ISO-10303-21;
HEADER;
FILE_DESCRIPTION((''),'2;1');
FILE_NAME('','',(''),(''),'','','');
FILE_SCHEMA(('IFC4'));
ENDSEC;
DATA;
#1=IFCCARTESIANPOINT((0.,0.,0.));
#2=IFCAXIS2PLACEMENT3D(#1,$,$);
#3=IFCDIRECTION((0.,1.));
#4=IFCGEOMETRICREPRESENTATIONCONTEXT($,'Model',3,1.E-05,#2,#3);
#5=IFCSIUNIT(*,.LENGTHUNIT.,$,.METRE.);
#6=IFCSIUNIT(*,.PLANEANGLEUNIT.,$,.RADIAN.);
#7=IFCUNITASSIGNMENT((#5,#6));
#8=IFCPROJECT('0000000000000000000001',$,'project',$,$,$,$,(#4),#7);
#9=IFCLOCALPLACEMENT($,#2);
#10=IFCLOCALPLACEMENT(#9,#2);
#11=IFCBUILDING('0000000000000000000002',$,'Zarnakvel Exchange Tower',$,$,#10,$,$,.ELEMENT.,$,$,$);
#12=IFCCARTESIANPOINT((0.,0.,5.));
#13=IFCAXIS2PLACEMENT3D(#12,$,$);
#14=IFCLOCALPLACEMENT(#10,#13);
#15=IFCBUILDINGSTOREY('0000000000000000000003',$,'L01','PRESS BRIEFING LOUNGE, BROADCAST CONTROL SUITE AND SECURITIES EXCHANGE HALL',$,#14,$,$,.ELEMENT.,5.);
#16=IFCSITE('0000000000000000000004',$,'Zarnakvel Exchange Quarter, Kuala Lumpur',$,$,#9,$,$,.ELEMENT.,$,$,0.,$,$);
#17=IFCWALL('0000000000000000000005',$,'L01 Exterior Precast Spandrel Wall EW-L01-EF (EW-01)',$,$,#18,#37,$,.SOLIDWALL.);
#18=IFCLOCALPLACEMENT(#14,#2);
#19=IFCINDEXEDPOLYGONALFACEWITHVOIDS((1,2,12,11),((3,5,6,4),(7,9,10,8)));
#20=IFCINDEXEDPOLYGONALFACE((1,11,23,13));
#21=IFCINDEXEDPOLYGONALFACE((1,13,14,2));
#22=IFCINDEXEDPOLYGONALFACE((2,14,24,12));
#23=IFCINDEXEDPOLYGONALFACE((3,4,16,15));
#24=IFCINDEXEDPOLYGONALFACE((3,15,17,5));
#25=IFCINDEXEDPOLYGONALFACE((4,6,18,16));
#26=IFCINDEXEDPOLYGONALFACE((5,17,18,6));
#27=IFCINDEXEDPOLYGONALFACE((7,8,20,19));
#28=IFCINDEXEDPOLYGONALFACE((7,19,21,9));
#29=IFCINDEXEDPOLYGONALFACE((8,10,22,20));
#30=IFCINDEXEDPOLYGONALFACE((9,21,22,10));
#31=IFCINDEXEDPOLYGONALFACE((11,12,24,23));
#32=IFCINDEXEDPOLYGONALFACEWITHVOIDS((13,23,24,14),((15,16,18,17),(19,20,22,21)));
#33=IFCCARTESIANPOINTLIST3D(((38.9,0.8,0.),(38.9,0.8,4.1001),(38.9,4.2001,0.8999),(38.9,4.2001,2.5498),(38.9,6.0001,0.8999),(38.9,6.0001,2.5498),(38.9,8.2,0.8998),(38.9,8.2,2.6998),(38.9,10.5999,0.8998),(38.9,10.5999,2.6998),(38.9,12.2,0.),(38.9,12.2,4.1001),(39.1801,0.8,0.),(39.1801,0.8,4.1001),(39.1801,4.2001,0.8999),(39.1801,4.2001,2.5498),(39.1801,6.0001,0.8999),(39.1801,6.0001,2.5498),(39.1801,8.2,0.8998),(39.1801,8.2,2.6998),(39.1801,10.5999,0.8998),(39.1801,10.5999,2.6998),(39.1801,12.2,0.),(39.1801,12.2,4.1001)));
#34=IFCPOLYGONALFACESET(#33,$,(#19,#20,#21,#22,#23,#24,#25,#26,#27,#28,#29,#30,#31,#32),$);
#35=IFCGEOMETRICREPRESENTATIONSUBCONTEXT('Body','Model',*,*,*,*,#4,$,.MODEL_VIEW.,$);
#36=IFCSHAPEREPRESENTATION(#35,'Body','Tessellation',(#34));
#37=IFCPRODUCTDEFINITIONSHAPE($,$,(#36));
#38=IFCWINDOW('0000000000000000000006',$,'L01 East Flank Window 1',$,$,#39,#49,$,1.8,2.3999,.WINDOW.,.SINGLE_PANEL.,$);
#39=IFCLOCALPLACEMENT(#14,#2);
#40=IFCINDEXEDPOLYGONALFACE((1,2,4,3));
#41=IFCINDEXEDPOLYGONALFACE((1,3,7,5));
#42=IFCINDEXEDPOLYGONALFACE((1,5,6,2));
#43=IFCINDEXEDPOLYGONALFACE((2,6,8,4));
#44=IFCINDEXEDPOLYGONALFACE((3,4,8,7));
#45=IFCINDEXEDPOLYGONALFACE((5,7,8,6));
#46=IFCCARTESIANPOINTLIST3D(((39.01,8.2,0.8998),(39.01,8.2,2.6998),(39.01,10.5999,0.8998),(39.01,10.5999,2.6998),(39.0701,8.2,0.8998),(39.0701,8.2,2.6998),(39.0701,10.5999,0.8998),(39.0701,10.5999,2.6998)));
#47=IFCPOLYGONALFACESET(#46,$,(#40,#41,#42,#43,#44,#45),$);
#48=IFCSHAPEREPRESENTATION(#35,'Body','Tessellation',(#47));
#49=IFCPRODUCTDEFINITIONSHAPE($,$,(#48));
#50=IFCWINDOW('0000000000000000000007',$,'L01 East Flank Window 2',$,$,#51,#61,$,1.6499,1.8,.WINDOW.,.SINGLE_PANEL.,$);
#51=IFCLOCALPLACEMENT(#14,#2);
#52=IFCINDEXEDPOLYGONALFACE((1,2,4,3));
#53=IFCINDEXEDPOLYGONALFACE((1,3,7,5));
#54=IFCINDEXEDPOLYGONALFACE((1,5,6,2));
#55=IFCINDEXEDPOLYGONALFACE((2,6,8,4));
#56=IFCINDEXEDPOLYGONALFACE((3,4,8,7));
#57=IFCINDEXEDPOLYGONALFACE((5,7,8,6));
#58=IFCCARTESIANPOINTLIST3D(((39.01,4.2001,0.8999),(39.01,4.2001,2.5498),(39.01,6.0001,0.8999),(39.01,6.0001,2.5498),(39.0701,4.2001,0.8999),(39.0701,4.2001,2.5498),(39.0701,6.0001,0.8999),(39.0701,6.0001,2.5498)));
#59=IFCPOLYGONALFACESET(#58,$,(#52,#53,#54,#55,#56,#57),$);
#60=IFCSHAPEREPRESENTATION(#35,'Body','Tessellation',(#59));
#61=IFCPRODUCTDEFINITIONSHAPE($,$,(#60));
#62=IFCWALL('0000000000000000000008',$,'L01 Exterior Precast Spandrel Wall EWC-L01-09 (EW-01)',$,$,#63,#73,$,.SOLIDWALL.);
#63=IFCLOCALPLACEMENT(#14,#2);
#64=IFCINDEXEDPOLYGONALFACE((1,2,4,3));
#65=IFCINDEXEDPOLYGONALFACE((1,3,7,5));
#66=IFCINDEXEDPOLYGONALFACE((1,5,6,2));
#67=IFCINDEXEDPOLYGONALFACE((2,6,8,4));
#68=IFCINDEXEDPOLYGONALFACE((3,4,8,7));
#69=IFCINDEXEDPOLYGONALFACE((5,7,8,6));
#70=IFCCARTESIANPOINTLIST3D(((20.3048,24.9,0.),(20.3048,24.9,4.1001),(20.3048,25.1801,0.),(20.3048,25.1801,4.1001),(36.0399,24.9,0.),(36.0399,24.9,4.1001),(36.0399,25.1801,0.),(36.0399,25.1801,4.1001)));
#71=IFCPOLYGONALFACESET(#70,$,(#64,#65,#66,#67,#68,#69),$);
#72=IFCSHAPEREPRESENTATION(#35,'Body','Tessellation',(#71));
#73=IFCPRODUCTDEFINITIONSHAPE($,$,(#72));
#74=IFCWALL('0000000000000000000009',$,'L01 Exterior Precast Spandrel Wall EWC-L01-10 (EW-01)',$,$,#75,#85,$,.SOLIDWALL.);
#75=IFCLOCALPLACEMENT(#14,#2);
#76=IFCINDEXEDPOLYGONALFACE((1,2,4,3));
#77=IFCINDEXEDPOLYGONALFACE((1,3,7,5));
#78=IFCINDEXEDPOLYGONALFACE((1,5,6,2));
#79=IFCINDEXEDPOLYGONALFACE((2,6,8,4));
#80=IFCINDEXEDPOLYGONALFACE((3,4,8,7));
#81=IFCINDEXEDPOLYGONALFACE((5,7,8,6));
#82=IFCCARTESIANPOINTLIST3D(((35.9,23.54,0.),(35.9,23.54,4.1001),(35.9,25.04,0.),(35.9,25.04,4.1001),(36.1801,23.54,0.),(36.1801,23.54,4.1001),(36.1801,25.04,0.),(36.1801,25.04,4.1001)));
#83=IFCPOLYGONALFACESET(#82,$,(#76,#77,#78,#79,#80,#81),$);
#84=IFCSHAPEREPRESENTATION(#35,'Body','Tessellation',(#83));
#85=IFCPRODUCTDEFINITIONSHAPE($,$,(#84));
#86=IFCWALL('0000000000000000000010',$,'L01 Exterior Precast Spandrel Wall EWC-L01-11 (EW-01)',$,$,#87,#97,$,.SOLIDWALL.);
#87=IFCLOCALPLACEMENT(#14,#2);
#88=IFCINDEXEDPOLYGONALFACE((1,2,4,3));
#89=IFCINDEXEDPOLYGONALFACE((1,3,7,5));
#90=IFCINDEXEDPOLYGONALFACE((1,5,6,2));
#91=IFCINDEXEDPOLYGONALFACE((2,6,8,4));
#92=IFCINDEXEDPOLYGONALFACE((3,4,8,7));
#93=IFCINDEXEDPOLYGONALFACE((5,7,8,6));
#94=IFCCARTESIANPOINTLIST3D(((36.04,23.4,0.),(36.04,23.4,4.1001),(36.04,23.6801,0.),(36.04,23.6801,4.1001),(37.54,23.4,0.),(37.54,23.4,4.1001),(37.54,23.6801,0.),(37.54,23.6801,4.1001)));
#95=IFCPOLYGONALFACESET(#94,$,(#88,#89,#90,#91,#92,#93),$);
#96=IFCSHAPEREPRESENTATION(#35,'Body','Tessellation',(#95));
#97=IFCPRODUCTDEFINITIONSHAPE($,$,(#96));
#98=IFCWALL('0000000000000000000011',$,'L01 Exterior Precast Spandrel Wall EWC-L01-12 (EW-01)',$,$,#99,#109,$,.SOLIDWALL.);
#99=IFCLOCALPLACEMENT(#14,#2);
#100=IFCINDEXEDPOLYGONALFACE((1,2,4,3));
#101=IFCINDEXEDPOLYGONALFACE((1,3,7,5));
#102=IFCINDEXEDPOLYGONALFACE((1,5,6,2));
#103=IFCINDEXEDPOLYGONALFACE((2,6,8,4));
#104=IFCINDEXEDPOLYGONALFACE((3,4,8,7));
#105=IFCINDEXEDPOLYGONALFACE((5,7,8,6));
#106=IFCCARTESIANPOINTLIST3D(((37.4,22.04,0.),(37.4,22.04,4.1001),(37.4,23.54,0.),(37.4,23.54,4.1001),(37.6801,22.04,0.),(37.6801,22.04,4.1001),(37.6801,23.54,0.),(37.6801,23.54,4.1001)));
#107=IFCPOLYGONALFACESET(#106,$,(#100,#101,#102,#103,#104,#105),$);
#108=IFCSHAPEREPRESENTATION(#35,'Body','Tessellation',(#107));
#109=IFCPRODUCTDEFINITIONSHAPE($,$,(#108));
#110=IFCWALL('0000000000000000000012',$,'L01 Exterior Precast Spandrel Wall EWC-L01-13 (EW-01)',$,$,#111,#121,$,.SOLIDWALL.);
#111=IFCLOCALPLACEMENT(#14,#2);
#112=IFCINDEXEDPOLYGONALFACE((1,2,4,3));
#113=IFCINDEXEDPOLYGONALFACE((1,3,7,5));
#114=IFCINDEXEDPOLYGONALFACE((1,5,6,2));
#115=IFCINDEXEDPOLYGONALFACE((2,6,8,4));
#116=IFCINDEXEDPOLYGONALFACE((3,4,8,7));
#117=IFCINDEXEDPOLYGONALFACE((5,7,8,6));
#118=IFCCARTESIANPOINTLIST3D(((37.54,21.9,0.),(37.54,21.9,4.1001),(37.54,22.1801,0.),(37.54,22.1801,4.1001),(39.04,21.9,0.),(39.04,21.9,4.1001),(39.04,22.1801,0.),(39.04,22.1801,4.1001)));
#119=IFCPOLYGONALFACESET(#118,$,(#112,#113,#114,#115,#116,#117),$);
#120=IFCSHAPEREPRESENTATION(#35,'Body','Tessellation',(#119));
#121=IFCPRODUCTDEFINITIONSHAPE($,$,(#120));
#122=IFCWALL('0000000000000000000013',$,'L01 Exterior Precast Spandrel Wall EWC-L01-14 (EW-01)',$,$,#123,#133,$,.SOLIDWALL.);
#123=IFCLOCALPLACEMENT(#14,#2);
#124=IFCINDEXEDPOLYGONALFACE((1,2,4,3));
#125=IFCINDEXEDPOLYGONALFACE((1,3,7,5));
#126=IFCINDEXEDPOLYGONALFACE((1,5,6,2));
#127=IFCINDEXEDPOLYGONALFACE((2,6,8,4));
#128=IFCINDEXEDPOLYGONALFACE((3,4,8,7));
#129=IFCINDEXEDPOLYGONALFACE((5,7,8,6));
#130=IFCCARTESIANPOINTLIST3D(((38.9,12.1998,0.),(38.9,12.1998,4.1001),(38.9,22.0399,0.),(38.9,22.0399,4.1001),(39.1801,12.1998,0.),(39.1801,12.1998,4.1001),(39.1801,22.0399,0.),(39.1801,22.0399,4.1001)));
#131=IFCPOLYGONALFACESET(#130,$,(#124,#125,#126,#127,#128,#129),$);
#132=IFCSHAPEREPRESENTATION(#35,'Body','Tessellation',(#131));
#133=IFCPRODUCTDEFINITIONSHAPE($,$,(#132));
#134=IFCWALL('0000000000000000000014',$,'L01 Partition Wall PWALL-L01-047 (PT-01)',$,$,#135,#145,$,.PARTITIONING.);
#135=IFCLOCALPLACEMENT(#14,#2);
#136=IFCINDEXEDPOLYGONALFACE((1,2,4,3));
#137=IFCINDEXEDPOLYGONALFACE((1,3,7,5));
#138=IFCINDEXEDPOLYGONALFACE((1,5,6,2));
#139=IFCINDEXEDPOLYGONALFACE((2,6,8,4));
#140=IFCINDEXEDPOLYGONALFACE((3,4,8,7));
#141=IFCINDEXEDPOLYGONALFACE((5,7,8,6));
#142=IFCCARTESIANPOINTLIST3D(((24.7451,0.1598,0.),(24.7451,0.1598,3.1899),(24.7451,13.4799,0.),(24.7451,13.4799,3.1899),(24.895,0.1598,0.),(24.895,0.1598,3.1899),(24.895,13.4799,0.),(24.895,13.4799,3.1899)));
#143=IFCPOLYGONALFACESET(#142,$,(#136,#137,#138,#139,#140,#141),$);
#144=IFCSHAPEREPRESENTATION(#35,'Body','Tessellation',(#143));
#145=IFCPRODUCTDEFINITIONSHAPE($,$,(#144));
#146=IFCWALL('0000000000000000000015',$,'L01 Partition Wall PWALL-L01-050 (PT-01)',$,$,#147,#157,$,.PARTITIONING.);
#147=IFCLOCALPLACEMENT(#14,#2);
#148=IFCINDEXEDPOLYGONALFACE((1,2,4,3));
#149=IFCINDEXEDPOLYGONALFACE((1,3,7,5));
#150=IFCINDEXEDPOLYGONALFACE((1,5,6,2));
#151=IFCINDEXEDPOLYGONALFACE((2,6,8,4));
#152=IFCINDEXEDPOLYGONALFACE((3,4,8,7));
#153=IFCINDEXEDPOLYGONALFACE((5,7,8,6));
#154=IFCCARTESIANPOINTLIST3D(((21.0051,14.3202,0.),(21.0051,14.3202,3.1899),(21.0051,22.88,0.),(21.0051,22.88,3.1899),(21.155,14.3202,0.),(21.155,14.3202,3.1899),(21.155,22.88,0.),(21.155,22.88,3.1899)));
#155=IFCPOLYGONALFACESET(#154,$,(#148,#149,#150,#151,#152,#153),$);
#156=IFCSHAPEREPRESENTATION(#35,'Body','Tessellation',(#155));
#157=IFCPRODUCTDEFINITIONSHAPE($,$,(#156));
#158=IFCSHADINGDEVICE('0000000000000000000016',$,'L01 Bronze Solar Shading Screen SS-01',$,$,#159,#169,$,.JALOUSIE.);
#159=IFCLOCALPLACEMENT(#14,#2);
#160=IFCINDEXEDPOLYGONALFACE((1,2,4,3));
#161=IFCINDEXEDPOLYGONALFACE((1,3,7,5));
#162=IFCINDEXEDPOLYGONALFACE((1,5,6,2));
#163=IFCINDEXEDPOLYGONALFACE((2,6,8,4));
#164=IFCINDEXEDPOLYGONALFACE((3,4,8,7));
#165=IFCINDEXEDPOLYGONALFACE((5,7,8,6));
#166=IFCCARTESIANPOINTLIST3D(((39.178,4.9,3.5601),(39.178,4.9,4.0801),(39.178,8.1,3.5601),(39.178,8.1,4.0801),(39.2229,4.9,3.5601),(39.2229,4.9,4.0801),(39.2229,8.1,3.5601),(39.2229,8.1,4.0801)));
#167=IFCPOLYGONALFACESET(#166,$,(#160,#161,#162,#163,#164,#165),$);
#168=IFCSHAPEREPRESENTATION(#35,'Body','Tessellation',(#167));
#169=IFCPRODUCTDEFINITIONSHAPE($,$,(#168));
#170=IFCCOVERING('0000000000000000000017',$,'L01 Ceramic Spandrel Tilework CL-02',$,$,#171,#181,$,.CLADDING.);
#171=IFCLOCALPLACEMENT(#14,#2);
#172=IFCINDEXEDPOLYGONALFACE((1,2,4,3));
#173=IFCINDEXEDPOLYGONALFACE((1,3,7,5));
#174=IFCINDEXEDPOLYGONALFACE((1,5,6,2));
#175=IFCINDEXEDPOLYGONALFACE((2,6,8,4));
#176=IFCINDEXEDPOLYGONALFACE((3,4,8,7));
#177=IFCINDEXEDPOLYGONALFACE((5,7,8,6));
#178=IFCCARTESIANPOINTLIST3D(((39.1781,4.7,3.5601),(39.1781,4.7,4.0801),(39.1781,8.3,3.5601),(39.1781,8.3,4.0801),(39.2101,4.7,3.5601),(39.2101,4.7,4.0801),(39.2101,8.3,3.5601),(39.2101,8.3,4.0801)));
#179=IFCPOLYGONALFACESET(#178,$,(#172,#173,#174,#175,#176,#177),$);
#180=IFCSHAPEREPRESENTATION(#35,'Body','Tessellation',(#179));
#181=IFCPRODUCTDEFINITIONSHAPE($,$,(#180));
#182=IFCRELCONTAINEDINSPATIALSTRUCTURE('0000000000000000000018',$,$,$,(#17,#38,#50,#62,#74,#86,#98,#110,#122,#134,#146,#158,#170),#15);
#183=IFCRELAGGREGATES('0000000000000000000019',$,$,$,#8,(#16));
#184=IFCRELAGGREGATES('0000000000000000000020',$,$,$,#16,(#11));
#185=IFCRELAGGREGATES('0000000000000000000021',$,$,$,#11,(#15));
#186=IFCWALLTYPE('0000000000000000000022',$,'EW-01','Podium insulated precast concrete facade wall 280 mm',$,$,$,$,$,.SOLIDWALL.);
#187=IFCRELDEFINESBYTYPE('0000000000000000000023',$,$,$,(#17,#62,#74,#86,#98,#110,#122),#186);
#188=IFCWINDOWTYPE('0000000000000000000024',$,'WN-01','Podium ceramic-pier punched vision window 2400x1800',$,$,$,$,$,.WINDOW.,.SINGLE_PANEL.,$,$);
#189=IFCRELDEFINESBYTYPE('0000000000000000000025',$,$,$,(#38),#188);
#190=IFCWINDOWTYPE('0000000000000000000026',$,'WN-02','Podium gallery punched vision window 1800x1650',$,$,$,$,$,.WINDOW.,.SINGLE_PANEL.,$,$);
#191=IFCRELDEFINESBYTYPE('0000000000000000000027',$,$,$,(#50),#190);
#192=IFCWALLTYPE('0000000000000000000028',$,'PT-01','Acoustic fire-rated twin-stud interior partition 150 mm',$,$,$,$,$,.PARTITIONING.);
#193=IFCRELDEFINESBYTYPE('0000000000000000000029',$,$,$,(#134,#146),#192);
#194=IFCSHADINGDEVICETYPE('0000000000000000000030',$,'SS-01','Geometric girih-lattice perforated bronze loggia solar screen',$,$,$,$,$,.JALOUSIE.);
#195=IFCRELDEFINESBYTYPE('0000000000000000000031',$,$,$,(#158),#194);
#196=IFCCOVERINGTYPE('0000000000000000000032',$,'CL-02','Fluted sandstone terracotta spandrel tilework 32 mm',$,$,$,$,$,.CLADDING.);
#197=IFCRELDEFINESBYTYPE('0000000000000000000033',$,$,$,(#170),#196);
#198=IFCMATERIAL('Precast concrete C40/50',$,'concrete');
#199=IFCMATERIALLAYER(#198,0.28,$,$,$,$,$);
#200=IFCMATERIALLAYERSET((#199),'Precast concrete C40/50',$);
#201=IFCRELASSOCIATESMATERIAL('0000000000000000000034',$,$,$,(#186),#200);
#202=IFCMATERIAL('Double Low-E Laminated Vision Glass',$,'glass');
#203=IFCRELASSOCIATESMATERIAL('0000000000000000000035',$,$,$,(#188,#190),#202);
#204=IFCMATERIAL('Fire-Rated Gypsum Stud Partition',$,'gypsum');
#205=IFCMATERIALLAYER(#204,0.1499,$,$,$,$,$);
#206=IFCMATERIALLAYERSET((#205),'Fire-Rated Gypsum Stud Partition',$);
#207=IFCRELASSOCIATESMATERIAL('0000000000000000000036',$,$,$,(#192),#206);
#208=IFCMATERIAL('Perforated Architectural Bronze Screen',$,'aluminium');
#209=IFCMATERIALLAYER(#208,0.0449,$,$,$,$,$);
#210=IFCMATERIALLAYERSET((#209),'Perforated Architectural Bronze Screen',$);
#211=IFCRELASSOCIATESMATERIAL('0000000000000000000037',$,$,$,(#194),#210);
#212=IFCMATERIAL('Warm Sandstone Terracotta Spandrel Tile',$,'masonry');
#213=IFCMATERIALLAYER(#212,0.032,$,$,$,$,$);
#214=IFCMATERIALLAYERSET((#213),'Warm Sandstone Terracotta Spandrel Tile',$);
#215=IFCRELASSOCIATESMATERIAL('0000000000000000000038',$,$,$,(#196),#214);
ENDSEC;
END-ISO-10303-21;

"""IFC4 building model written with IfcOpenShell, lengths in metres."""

from ifc_helpers import new_model, si_unit, direction, frame, frame_2d, origin, origin_2d, place, context, subcontext, project, spatial, rectangle, extrude, source, transform, mapped, material, layer, layer_set, type_object, element, fill, save


model = new_model("IFC4")

# Units and contexts
model_context = context("Model", 3, precision=1e-05, world=origin(), true_north=direction((0.0, 1.0)))
body_context = subcontext(model_context, "Body", "Model", "MODEL_VIEW")
ifc_project = project(units=[si_unit("LENGTHUNIT", "METRE"), si_unit("PLANEANGLEUNIT", "RADIAN")], contexts=[model_context])

# Site, building, storey
site_placement = place(None, origin())
site = spatial("IfcSite", under=ifc_project, at=site_placement, Name="Zarnakvel Exchange Quarter, Kuala Lumpur", CompositionType="ELEMENT", RefElevation=0.0)
building_placement = place(site_placement, origin())
building = spatial("IfcBuilding", under=site, at=building_placement, Name="Zarnakvel Exchange Tower", CompositionType="ELEMENT")
storey_placement = place(building_placement, frame((0.0, 0.0, 5.0)))
storey = spatial("IfcBuildingStorey", under=building, at=storey_placement, Name="L01", Description="PRESS BRIEFING LOUNGE, BROADCAST CONTROL SUITE AND SECURITIES EXCHANGE HALL", CompositionType="ELEMENT", Elevation=5.0)

# Wall, openings, windows
ifc_material_1 = material(Name="Precast concrete C40/50", Category="concrete")
ifc_layer_1 = layer(ifc_material_1, 0.28)
ifc_layer_set_1 = layer_set([ifc_layer_1], Name="Precast concrete C40/50")
wall_type_1 = type_object("IfcWallType", Name="EW-01", Description="Podium insulated precast concrete facade wall 280 mm", PredefinedType="SOLIDWALL", material=ifc_layer_set_1)
wall_1_placement = place(storey_placement, frame((39.04, 12.2, 0.0), z_axis=(0.0, 0.0, 1.0), x_axis=(0.0, -1.0, 0.0)))
wall_1 = element("IfcWall", 1, at=wall_1_placement, inside=storey, type_object=wall_type_1, Name="L01 Exterior Precast Spandrel Wall EW-L01-EF (EW-01)", PredefinedType="SOLIDWALL", context=body_context, shape_type="SweptSolid", body=[
    extrude(rectangle(XDim=11.3999, YDim=0.28, at=frame_2d((5.7, 0.0))), origin(), (0.0, 0.0, 1.0), 4.1001),
])
opening_1_placement = place(wall_1_placement, frame((1.6001, 0.0, 0.8999)))
opening_1 = element("IfcOpeningElement", 2, at=opening_1_placement, cuts=wall_1, PredefinedType="OPENING", context=body_context, shape_type="SweptSolid", body=[
    extrude(rectangle(XDim=2.3999, YDim=1.8, at=frame_2d((1.2, 0.8999))), frame((0.0, 0.1499, 0.0), z_axis=(0.0, -1.0, 0.0), x_axis=(1.0, 0.0, 0.0)), (0.0, 0.0, 1.0), 0.3),
])
opening_2_placement = place(wall_1_placement, frame((6.2, 0.0, 0.8999)))
opening_2 = element("IfcOpeningElement", 3, at=opening_2_placement, cuts=wall_1, PredefinedType="OPENING", context=body_context, shape_type="SweptSolid", body=[
    extrude(rectangle(XDim=1.8, YDim=1.6499, at=frame_2d((0.8999, 0.825))), frame((0.0, 0.1499, 0.0), z_axis=(0.0, -1.0, 0.0), x_axis=(1.0, 0.0, 0.0)), (0.0, 0.0, 1.0), 0.3),
])
ifc_material_2 = material(Name="Double Low-E Laminated Vision Glass", Category="glass")
window_type_1 = type_object("IfcWindowType", Name="WN-01", Description="Podium ceramic-pier punched vision window 2400x1800", PartitioningType="SINGLE_PANEL", PredefinedType="WINDOW", material=ifc_material_2)
shared_shape_1 = source(origin(), body_context, "Body", "SweptSolid", [
    extrude(rectangle(XDim=2.3999, YDim=1.8, at=frame_2d((1.2, 0.8999))), frame((0.0, 0.03, 0.0), z_axis=(0.0, -1.0, 0.0), x_axis=(1.0, 0.0, 0.0)), (0.0, 0.0, 1.0), 0.0601),
])
window_1_placement = place(opening_1_placement, origin())
window_1 = element("IfcWindow", 4, at=window_1_placement, inside=storey, type_object=window_type_1, Name="L01 East Flank Window 1", OverallHeight=1.8, OverallWidth=2.3999, PartitioningType="SINGLE_PANEL", PredefinedType="WINDOW", context=body_context, shape_type="MappedRepresentation", body=[
    mapped(shared_shape_1, transform((0.0, 0.0, 0.0), x_axis=(1.0, 0.0, 0.0), y_axis=(0.0, 1.0, 0.0), z_axis=(0.0, 0.0, 1.0), scale=1.0)),
])
fill(opening_1, window_1)
window_type_2 = type_object("IfcWindowType", Name="WN-02", Description="Podium gallery punched vision window 1800x1650", PartitioningType="SINGLE_PANEL", PredefinedType="WINDOW", material=ifc_material_2)
shared_shape_2 = source(origin(), body_context, "Body", "SweptSolid", [
    extrude(rectangle(XDim=1.8, YDim=1.6499, at=frame_2d((0.8999, 0.825))), frame((0.0, 0.03, 0.0), z_axis=(0.0, -1.0, 0.0), x_axis=(1.0, 0.0, 0.0)), (0.0, 0.0, 1.0), 0.0601),
])
window_2_placement = place(opening_2_placement, origin())
window_2 = element("IfcWindow", 5, at=window_2_placement, inside=storey, type_object=window_type_2, Name="L01 East Flank Window 2", OverallHeight=1.6499, OverallWidth=1.8, PartitioningType="SINGLE_PANEL", PredefinedType="WINDOW", context=body_context, shape_type="MappedRepresentation", body=[
    mapped(shared_shape_2, transform((0.0, 0.0, 0.0), x_axis=(1.0, 0.0, 0.0), y_axis=(0.0, 1.0, 0.0), z_axis=(0.0, 0.0, 1.0), scale=1.0)),
])
fill(opening_2, window_2)

# Walls
wall_2_placement = place(storey_placement, frame((36.04, 25.04, 0.0), z_axis=(0.0, 0.0, 1.0), x_axis=(-1.0, 0.0, 0.0)))
element("IfcWall", 6, at=wall_2_placement, inside=storey, type_object=wall_type_1, Name="L01 Exterior Precast Spandrel Wall EWC-L01-09 (EW-01)", PredefinedType="SOLIDWALL", context=body_context, shape_type="SweptSolid", body=[
    extrude(rectangle(XDim=15.7351, YDim=0.28, at=frame_2d((7.8677, 0.0))), origin(), (0.0, 0.0, 1.0), 4.1001),
])
for number, where, z_axis, x_axis, name in (
    (7, (36.04, 23.54, 0.0), (0.0, 0.0, 1.0), (0.0, 1.0, 0.0), "L01 Exterior Precast Spandrel Wall EWC-L01-10 (EW-01)"),
    (8, (37.54, 23.54, 0.0), (0.0, 0.0, 1.0), (-1.0, 0.0, 0.0), "L01 Exterior Precast Spandrel Wall EWC-L01-11 (EW-01)"),
    (9, (37.54, 22.04, 0.0), (0.0, 0.0, 1.0), (0.0, 1.0, 0.0), "L01 Exterior Precast Spandrel Wall EWC-L01-12 (EW-01)"),
    (10, (39.04, 22.04, 0.0), (0.0, 0.0, 1.0), (-1.0, 0.0, 0.0), "L01 Exterior Precast Spandrel Wall EWC-L01-13 (EW-01)"),
):
    element("IfcWall", number, at=place(storey_placement, frame(where, z_axis=z_axis, x_axis=x_axis)), inside=storey, type_object=wall_type_1, Name=name, PredefinedType="SOLIDWALL", context=body_context, shape_type="SweptSolid", body=[
        extrude(rectangle(XDim=1.5, YDim=0.28, at=frame_2d((0.75, 0.0))), origin(), (0.0, 0.0, 1.0), 4.1001),
    ])
wall_3_placement = place(storey_placement, frame((39.04, 12.2, 0.0), z_axis=(0.0, 0.0, 1.0), x_axis=(0.0, 1.0, 0.0)))
element("IfcWall", 11, at=wall_3_placement, inside=storey, type_object=wall_type_1, Name="L01 Exterior Precast Spandrel Wall EWC-L01-14 (EW-01)", PredefinedType="SOLIDWALL", context=body_context, shape_type="SweptSolid", body=[
    extrude(rectangle(XDim=9.8401, YDim=0.28, at=frame_2d((4.9199, 0.0))), origin(), (0.0, 0.0, 1.0), 4.1001),
])
ifc_material_3 = material(Name="Fire-Rated Gypsum Stud Partition", Category="gypsum")
ifc_layer_2 = layer(ifc_material_3, 0.1499)
ifc_layer_set_2 = layer_set([ifc_layer_2], Name="Fire-Rated Gypsum Stud Partition")
wall_type_2 = type_object("IfcWallType", Name="PT-01", Description="Acoustic fire-rated twin-stud interior partition 150 mm", PredefinedType="PARTITIONING", material=ifc_layer_set_2)
wall_4_placement = place(storey_placement, frame((24.8201, 13.48, 0.0), z_axis=(0.0, 0.0, 1.0), x_axis=(0.0, -1.0, 0.0)))
element("IfcWall", 12, at=wall_4_placement, inside=storey, type_object=wall_type_2, Name="L01 Partition Wall PWALL-L01-047 (PT-01)", PredefinedType="PARTITIONING", context=body_context, shape_type="SweptSolid", body=[
    extrude(rectangle(XDim=13.3201, YDim=0.1499, at=frame_2d((6.6602, 0.0))), origin(), (0.0, 0.0, 1.0), 3.1899),
])
wall_5_placement = place(storey_placement, frame((21.0801, 22.8799, 0.0), z_axis=(0.0, 0.0, 1.0), x_axis=(0.0, -1.0, 0.0)))
element("IfcWall", 13, at=wall_5_placement, inside=storey, type_object=wall_type_2, Name="L01 Partition Wall PWALL-L01-050 (PT-01)", PredefinedType="PARTITIONING", context=body_context, shape_type="SweptSolid", body=[
    extrude(rectangle(XDim=8.5598, YDim=0.1499, at=frame_2d((4.2798, 0.0))), origin(), (0.0, 0.0, 1.0), 3.1899),
])

# Shading device
ifc_material_4 = material(Name="Perforated Architectural Bronze Screen", Category="aluminium")
ifc_layer_3 = layer(ifc_material_4, 0.0449)
ifc_layer_set_3 = layer_set([ifc_layer_3], Name="Perforated Architectural Bronze Screen")
shading_device_type = type_object("IfcShadingDeviceType", Name="SS-01", Description="Geometric girih-lattice perforated bronze loggia solar screen", PredefinedType="JALOUSIE", material=ifc_layer_set_3)
shared_shape_3 = source(origin(), body_context, "Body", "SweptSolid", [
    extrude(rectangle(XDim=3.2, YDim=0.0449, at=origin_2d()), origin(), (0.0, 0.0, 1.0), 0.52),
])
shading_device_placement = place(storey_placement, frame((39.2004, 6.5, 3.5601), z_axis=(0.0, 0.0, 1.0), x_axis=(0.0, -1.0, 0.0)))
element("IfcShadingDevice", 14, at=shading_device_placement, inside=storey, type_object=shading_device_type, Name="L01 Bronze Solar Shading Screen SS-01", PredefinedType="JALOUSIE", context=body_context, shape_type="MappedRepresentation", body=[
    mapped(shared_shape_3, transform((0.0, 0.0, 0.0), x_axis=(1.0, 0.0, 0.0), y_axis=(0.0, 1.0, 0.0), z_axis=(0.0, 0.0, 1.0), scale=1.0)),
])

# Covering
ifc_material_5 = material(Name="Warm Sandstone Terracotta Spandrel Tile", Category="masonry")
ifc_layer_4 = layer(ifc_material_5, 0.032)
ifc_layer_set_4 = layer_set([ifc_layer_4], Name="Warm Sandstone Terracotta Spandrel Tile")
covering_type = type_object("IfcCoveringType", Name="CL-02", Description="Fluted sandstone terracotta spandrel tilework 32 mm", PredefinedType="CLADDING", material=ifc_layer_set_4)
shared_shape_4 = source(origin(), body_context, "Body", "SweptSolid", [
    extrude(rectangle(XDim=3.6001, YDim=0.032, at=origin_2d()), origin(), (0.0, 0.0, 1.0), 0.52),
])
covering_placement = place(storey_placement, frame((39.1941, 6.5, 3.5601), z_axis=(0.0, 0.0, 1.0), x_axis=(0.0, -1.0, 0.0)))
element("IfcCovering", 15, at=covering_placement, inside=storey, type_object=covering_type, Name="L01 Ceramic Spandrel Tilework CL-02", PredefinedType="CLADDING", context=body_context, shape_type="MappedRepresentation", body=[
    mapped(shared_shape_4, transform((0.0, 0.0, 0.0), x_axis=(1.0, 0.0, 0.0), y_axis=(0.0, 1.0, 0.0), z_axis=(0.0, 0.0, 1.0), scale=1.0)),
])

save(model, "model.ifc")
